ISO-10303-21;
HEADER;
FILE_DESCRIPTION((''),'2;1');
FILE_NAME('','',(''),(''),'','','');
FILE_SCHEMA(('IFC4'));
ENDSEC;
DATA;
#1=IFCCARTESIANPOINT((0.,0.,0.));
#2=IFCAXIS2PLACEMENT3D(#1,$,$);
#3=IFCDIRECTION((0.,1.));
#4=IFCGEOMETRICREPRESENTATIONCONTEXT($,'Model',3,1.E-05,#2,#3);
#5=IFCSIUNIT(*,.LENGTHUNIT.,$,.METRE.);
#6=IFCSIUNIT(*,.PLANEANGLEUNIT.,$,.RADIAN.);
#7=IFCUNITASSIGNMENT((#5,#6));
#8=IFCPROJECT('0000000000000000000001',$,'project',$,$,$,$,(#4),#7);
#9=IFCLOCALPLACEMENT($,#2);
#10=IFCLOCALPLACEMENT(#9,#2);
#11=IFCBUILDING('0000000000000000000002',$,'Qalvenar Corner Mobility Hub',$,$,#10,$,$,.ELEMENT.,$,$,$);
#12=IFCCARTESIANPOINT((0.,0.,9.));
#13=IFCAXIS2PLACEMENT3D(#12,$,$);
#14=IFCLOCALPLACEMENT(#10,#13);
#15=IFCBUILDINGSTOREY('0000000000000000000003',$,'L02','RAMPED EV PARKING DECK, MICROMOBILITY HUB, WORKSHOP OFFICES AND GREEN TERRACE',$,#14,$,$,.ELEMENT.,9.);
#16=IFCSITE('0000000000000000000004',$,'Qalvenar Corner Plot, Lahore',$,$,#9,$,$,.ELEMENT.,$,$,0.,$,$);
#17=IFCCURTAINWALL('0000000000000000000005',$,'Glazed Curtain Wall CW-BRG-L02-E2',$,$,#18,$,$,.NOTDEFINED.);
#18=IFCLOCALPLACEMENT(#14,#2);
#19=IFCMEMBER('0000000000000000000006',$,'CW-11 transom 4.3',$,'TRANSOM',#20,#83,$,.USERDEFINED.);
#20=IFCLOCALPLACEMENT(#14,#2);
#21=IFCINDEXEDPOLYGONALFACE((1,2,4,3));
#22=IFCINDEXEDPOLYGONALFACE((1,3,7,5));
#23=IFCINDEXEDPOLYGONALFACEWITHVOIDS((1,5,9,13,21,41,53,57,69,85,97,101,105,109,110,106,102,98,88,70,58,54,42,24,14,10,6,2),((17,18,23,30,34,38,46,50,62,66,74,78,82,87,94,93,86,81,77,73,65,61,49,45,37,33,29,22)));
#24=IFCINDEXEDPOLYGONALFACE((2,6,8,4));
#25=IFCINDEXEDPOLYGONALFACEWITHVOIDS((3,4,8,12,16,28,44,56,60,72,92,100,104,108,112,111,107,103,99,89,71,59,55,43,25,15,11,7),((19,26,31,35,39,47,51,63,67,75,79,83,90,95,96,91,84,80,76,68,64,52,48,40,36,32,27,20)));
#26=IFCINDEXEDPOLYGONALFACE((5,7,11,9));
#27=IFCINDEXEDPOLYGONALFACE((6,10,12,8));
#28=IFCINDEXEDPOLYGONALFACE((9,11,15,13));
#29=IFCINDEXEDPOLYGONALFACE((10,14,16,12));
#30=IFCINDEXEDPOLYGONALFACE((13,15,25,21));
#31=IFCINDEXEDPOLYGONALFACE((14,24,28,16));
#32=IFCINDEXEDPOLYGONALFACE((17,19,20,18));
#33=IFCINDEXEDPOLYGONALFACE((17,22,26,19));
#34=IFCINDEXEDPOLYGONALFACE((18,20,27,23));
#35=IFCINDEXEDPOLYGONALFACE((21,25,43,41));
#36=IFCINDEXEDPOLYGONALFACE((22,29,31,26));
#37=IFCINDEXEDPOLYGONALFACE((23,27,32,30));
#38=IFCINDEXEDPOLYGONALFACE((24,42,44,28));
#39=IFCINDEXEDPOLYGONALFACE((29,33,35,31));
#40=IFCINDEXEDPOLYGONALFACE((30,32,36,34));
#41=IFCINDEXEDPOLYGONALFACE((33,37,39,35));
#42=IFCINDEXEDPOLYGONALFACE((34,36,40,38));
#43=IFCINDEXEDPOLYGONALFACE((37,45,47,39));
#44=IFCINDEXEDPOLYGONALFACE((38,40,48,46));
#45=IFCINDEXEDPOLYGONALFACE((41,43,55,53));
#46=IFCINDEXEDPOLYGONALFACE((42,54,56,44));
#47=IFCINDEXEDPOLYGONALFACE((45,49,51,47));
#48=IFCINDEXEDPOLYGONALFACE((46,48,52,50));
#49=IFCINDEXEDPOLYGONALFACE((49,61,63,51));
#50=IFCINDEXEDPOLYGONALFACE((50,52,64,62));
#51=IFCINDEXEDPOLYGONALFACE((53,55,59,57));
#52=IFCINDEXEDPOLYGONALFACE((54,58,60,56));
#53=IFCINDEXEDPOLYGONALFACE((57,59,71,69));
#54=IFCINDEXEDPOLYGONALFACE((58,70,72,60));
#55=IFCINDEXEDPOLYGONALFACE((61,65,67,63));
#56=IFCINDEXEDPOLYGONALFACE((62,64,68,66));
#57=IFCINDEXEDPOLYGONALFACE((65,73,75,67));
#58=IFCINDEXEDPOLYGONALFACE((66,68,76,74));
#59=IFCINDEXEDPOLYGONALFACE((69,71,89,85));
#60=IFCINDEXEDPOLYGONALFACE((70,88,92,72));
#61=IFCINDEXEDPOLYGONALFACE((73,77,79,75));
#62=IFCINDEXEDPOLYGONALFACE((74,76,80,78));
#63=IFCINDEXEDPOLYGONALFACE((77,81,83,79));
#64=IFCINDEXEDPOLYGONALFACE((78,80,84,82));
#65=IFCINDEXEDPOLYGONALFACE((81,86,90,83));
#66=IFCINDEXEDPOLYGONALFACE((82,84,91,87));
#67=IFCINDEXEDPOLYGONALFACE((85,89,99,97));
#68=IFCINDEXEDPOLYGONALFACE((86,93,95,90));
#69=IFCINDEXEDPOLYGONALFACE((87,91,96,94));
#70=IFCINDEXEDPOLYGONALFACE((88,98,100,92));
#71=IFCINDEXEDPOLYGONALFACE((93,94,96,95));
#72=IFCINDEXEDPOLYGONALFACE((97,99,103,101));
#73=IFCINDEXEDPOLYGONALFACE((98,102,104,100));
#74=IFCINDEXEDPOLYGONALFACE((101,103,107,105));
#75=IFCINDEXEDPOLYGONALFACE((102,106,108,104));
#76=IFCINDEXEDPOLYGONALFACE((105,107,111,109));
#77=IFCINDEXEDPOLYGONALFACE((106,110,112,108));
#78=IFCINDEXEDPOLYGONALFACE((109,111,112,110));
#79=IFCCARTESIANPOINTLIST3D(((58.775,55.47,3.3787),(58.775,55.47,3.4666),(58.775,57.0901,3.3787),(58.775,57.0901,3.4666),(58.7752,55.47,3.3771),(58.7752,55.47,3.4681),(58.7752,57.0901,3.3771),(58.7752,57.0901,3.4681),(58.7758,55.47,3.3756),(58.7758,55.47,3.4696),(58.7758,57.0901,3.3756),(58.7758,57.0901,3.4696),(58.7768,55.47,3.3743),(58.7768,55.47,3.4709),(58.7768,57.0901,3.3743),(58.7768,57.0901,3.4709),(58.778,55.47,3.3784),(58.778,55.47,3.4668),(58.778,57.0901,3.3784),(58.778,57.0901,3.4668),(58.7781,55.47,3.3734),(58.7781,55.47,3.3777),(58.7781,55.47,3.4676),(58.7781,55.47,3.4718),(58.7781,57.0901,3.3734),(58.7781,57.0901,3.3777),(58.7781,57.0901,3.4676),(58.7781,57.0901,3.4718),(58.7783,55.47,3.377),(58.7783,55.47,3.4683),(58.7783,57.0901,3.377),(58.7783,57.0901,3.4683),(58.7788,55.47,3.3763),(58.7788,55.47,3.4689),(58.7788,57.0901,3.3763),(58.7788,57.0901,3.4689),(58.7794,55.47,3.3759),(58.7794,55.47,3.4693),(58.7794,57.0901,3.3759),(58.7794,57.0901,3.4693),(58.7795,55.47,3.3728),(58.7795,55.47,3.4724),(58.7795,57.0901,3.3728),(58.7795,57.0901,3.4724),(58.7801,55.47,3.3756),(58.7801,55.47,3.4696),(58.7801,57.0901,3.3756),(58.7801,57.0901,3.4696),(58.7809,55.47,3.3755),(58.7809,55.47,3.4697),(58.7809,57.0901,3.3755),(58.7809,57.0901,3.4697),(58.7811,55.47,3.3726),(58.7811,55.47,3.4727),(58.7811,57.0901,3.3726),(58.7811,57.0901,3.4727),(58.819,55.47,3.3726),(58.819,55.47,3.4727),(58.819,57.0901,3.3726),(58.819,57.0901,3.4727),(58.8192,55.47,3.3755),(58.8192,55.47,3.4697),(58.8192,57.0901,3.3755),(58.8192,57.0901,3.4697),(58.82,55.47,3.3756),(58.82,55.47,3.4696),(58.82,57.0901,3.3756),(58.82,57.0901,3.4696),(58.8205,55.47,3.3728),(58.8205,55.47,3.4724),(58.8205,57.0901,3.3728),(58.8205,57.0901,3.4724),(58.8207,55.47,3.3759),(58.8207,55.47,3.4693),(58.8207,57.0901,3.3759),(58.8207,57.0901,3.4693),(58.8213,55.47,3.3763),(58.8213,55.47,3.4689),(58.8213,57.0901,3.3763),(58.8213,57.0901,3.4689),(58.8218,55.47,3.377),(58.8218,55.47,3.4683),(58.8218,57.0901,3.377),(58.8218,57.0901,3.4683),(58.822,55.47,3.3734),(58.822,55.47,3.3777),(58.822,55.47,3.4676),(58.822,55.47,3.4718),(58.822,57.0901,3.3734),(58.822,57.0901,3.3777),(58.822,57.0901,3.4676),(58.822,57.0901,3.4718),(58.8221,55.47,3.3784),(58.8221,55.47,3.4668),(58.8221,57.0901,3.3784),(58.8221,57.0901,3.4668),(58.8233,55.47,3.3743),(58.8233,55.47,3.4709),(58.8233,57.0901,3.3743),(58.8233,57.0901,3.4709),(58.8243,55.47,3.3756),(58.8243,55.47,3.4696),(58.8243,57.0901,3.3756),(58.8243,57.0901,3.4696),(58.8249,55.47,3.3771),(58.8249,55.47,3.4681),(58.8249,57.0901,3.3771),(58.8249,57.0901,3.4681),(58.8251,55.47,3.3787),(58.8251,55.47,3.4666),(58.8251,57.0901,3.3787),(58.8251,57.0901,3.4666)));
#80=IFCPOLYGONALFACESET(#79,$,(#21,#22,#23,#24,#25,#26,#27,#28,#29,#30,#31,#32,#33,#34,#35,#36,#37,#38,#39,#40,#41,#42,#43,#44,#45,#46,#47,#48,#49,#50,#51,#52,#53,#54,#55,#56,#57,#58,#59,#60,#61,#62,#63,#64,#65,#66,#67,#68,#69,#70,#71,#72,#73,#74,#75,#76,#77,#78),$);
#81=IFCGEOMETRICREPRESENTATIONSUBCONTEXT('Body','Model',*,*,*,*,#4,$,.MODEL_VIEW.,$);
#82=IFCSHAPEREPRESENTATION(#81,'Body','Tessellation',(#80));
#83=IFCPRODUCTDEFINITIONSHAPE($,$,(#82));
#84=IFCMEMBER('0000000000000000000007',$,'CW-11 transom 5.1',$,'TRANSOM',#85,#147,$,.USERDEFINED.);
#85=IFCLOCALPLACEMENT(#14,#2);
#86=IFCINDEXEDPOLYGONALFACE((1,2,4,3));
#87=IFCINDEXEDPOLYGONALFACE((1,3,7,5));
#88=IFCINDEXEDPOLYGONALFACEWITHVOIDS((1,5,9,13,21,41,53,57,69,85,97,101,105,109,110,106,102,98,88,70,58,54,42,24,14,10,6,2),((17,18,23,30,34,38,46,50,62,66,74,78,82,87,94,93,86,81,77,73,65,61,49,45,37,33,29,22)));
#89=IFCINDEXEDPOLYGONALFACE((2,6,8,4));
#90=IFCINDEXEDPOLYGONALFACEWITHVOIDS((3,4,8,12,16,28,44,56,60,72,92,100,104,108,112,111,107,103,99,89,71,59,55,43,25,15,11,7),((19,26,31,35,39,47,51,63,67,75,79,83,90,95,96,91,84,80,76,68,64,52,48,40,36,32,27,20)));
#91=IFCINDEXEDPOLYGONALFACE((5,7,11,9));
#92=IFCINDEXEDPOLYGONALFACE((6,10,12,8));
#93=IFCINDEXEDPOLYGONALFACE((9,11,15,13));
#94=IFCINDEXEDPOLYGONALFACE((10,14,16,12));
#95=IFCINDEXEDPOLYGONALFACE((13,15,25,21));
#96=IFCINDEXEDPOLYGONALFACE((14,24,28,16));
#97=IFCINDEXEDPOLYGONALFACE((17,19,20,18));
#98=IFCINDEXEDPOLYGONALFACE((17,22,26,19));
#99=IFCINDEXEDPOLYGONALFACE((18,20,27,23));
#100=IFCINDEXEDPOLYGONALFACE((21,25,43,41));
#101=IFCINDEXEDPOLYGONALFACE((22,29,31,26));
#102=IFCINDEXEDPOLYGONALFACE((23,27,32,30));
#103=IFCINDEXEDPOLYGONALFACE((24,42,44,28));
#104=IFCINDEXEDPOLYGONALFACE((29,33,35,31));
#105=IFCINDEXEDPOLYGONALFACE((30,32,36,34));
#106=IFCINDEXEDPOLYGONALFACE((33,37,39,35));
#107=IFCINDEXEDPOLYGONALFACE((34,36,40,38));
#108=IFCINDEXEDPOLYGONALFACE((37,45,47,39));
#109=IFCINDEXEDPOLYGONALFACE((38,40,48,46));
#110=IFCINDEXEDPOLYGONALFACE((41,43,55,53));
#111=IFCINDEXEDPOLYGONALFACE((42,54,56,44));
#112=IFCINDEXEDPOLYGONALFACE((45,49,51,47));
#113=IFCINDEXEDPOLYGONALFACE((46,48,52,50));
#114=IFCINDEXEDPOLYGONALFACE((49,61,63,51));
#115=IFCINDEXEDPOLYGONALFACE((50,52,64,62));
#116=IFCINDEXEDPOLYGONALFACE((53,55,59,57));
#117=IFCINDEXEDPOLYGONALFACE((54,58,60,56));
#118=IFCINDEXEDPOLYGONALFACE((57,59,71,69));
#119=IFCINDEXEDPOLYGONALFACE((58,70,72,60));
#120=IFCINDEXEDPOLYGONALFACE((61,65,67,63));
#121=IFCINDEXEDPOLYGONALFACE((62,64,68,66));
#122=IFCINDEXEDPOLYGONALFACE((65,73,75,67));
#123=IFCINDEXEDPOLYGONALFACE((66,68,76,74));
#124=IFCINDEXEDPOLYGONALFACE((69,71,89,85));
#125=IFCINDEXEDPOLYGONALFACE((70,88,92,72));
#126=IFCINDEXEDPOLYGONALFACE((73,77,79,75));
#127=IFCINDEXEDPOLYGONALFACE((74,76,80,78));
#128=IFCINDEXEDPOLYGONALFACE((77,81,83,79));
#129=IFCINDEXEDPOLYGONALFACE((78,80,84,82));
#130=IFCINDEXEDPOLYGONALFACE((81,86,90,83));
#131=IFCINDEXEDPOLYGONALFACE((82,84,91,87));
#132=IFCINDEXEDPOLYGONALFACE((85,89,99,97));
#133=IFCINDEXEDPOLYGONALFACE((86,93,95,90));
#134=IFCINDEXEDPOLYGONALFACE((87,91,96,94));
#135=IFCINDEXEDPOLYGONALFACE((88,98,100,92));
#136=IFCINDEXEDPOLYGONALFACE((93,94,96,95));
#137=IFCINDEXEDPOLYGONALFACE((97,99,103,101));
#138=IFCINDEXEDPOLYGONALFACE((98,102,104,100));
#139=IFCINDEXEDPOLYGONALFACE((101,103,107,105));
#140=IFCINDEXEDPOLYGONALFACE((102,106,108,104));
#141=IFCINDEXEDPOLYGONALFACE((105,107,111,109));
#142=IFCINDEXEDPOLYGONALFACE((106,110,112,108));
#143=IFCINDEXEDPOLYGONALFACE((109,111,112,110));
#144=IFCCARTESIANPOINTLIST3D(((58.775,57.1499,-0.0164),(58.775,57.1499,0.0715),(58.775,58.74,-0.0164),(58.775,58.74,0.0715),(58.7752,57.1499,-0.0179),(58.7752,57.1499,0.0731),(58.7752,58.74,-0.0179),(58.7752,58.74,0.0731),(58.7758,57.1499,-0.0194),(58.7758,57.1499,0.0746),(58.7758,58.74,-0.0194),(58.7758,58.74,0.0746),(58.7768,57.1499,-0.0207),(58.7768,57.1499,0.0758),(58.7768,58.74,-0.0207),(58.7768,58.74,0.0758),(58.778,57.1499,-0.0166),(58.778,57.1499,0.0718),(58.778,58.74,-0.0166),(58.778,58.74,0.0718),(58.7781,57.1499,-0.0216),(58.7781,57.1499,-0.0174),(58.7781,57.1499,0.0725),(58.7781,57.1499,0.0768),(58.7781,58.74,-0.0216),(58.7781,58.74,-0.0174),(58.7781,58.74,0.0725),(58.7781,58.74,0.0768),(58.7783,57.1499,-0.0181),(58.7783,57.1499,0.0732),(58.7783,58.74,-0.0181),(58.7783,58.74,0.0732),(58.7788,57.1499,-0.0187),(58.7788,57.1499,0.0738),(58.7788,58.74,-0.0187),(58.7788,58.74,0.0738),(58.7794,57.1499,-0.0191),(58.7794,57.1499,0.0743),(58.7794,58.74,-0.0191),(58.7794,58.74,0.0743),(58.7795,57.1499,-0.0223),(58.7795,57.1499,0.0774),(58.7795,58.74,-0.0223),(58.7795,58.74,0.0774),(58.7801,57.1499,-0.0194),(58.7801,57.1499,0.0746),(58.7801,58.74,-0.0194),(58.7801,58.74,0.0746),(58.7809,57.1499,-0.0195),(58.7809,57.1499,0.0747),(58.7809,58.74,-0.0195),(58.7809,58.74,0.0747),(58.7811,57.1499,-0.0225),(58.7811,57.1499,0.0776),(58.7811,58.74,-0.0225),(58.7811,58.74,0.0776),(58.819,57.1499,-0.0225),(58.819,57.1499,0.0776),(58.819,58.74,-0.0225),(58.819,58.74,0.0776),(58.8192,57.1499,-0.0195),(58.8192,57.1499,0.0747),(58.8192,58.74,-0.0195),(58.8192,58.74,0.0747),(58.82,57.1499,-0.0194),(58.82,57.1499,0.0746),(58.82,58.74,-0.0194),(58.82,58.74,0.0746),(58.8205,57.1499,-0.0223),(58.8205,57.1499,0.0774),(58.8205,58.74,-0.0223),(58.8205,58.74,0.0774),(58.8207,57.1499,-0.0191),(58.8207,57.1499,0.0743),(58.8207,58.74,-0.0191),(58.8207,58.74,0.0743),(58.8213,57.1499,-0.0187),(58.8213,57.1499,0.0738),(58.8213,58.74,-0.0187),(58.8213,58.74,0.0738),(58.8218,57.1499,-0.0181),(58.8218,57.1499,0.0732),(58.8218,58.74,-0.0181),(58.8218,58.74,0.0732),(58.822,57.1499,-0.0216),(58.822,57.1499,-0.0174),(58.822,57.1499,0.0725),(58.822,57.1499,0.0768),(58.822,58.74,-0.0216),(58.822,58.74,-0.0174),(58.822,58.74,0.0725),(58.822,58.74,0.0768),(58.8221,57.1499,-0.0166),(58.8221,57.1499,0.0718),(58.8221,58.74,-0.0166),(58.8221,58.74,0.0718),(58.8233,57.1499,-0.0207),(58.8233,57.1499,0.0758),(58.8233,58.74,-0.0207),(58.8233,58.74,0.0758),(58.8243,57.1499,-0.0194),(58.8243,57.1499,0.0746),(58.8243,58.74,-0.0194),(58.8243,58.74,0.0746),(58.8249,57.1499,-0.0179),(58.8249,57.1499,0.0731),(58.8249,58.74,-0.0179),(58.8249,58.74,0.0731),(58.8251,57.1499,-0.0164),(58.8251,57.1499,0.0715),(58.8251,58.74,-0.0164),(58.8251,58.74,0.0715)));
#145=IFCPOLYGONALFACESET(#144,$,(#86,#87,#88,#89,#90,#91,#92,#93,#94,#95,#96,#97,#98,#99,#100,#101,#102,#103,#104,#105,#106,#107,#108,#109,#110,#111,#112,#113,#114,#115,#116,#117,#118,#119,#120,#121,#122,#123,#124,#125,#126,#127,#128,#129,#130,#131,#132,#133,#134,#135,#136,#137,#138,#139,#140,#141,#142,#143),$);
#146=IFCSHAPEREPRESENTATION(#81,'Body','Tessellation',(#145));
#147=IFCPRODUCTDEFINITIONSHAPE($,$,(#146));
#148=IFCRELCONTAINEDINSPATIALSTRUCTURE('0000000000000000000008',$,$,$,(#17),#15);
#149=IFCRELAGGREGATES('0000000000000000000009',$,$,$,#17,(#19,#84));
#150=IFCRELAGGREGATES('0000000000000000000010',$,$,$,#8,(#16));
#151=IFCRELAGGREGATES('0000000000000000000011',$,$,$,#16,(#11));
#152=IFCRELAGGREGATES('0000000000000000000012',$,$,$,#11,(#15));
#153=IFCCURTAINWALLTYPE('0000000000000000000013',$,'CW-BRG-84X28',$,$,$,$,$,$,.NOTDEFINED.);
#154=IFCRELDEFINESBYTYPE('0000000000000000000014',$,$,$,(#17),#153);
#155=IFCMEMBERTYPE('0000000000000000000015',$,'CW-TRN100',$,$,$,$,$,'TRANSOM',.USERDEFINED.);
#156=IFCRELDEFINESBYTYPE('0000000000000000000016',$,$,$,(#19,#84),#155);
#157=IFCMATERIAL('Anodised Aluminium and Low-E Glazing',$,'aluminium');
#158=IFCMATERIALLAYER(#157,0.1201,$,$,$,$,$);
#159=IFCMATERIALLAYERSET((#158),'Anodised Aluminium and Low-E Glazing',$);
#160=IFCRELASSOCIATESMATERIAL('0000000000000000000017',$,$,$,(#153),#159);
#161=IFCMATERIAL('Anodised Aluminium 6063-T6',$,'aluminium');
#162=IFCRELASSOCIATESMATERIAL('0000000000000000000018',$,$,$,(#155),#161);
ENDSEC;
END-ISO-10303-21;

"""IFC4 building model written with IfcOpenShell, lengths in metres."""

from ifc_helpers import new_model, si_unit, direction, frame, origin, origin_2d, place, context, subcontext, project, spatial, hollow_rectangle, extrude, material, layer, layer_set, material_profile, profile_set, type_object, element, aggregate, save


model = new_model("IFC4")

# Units and contexts
model_context = context("Model", 3, precision=1e-05, world=origin(), true_north=direction((0.0, 1.0)))
body_context = subcontext(model_context, "Body", "Model", "MODEL_VIEW")
ifc_project = project(units=[si_unit("LENGTHUNIT", "METRE"), si_unit("PLANEANGLEUNIT", "RADIAN")], contexts=[model_context])

# Site, building, storey
site_placement = place(None, origin())
site = spatial("IfcSite", under=ifc_project, at=site_placement, Name="Qalvenar Corner Plot, Lahore", CompositionType="ELEMENT", RefElevation=0.0)
building_placement = place(site_placement, origin())
building = spatial("IfcBuilding", under=site, at=building_placement, Name="Qalvenar Corner Mobility Hub", CompositionType="ELEMENT")
storey_placement = place(building_placement, frame((0.0, 0.0, 9.0)))
storey = spatial("IfcBuildingStorey", under=building, at=storey_placement, Name="L02", Description="RAMPED EV PARKING DECK, MICROMOBILITY HUB, WORKSHOP OFFICES AND GREEN TERRACE", CompositionType="ELEMENT", Elevation=9.0)

# Curtain wall, members
ifc_material_1 = material(Name="Anodised Aluminium and Low-E Glazing", Category="aluminium")
ifc_layer_1 = layer(ifc_material_1, 0.1201)
ifc_layer_set_1 = layer_set([ifc_layer_1], Name="Anodised Aluminium and Low-E Glazing")
curtain_wall_type = type_object("IfcCurtainWallType", Name="CW-BRG-84X28", PredefinedType="NOTDEFINED", material=ifc_layer_set_1)
curtain_wall_placement = place(storey_placement, origin())
curtain_wall = element("IfcCurtainWall", 1, at=curtain_wall_placement, inside=storey, type_object=curtain_wall_type, Name="Glazed Curtain Wall CW-BRG-L02-E2", PredefinedType="NOTDEFINED")
ifc_material_2 = material(Name="Anodised Aluminium 6063-T6", Category="aluminium")
ifc_material_profile_1 = material_profile(ifc_material_2, hollow_rectangle(XDim=0.05, YDim=0.1001, WallThickness=0.0029, InnerFilletRadius=0.0029, OuterFilletRadius=0.0061, at=origin_2d()), Name="RHS100x50x3")
ifc_profile_set_1 = profile_set([ifc_material_profile_1], Name="Anodised Aluminium 6063-T6")
member_type_1 = type_object("IfcMemberType", Name="CW-TRN100", ElementType="TRANSOM", PredefinedType="USERDEFINED", material=ifc_profile_set_1)
member_1_placement = place(storey_placement, frame((58.8, 55.47, 3.4226), z_axis=(0.0, 1.0, 0.0), x_axis=(-1.0, 0.0, 0.0)))
member_1 = element("IfcMember", 2, at=member_1_placement, type_object=member_type_1, Name="CW-11 transom 4.3", ObjectType="TRANSOM", PredefinedType="USERDEFINED", context=body_context, shape_type="SweptSolid", body=[
    extrude(hollow_rectangle(XDim=0.05, YDim=0.1001, WallThickness=0.0029, InnerFilletRadius=0.0029, OuterFilletRadius=0.0061, at=origin_2d()), origin(), (0.0, 0.0, 1.0), 1.6201),
])
member_2_placement = place(storey_placement, frame((58.8, 57.1499, 0.0276), z_axis=(0.0, 1.0, 0.0), x_axis=(-1.0, 0.0, 0.0)))
member_2 = element("IfcMember", 3, at=member_2_placement, type_object=member_type_1, Name="CW-11 transom 5.1", ObjectType="TRANSOM", PredefinedType="USERDEFINED", context=body_context, shape_type="SweptSolid", body=[
    extrude(hollow_rectangle(XDim=0.05, YDim=0.1001, WallThickness=0.0029, InnerFilletRadius=0.0029, OuterFilletRadius=0.0061, at=origin_2d()), origin(), (0.0, 0.0, 1.0), 1.5901),
])
aggregate(curtain_wall, [member_1, member_2])

save(model, "model.ifc")
